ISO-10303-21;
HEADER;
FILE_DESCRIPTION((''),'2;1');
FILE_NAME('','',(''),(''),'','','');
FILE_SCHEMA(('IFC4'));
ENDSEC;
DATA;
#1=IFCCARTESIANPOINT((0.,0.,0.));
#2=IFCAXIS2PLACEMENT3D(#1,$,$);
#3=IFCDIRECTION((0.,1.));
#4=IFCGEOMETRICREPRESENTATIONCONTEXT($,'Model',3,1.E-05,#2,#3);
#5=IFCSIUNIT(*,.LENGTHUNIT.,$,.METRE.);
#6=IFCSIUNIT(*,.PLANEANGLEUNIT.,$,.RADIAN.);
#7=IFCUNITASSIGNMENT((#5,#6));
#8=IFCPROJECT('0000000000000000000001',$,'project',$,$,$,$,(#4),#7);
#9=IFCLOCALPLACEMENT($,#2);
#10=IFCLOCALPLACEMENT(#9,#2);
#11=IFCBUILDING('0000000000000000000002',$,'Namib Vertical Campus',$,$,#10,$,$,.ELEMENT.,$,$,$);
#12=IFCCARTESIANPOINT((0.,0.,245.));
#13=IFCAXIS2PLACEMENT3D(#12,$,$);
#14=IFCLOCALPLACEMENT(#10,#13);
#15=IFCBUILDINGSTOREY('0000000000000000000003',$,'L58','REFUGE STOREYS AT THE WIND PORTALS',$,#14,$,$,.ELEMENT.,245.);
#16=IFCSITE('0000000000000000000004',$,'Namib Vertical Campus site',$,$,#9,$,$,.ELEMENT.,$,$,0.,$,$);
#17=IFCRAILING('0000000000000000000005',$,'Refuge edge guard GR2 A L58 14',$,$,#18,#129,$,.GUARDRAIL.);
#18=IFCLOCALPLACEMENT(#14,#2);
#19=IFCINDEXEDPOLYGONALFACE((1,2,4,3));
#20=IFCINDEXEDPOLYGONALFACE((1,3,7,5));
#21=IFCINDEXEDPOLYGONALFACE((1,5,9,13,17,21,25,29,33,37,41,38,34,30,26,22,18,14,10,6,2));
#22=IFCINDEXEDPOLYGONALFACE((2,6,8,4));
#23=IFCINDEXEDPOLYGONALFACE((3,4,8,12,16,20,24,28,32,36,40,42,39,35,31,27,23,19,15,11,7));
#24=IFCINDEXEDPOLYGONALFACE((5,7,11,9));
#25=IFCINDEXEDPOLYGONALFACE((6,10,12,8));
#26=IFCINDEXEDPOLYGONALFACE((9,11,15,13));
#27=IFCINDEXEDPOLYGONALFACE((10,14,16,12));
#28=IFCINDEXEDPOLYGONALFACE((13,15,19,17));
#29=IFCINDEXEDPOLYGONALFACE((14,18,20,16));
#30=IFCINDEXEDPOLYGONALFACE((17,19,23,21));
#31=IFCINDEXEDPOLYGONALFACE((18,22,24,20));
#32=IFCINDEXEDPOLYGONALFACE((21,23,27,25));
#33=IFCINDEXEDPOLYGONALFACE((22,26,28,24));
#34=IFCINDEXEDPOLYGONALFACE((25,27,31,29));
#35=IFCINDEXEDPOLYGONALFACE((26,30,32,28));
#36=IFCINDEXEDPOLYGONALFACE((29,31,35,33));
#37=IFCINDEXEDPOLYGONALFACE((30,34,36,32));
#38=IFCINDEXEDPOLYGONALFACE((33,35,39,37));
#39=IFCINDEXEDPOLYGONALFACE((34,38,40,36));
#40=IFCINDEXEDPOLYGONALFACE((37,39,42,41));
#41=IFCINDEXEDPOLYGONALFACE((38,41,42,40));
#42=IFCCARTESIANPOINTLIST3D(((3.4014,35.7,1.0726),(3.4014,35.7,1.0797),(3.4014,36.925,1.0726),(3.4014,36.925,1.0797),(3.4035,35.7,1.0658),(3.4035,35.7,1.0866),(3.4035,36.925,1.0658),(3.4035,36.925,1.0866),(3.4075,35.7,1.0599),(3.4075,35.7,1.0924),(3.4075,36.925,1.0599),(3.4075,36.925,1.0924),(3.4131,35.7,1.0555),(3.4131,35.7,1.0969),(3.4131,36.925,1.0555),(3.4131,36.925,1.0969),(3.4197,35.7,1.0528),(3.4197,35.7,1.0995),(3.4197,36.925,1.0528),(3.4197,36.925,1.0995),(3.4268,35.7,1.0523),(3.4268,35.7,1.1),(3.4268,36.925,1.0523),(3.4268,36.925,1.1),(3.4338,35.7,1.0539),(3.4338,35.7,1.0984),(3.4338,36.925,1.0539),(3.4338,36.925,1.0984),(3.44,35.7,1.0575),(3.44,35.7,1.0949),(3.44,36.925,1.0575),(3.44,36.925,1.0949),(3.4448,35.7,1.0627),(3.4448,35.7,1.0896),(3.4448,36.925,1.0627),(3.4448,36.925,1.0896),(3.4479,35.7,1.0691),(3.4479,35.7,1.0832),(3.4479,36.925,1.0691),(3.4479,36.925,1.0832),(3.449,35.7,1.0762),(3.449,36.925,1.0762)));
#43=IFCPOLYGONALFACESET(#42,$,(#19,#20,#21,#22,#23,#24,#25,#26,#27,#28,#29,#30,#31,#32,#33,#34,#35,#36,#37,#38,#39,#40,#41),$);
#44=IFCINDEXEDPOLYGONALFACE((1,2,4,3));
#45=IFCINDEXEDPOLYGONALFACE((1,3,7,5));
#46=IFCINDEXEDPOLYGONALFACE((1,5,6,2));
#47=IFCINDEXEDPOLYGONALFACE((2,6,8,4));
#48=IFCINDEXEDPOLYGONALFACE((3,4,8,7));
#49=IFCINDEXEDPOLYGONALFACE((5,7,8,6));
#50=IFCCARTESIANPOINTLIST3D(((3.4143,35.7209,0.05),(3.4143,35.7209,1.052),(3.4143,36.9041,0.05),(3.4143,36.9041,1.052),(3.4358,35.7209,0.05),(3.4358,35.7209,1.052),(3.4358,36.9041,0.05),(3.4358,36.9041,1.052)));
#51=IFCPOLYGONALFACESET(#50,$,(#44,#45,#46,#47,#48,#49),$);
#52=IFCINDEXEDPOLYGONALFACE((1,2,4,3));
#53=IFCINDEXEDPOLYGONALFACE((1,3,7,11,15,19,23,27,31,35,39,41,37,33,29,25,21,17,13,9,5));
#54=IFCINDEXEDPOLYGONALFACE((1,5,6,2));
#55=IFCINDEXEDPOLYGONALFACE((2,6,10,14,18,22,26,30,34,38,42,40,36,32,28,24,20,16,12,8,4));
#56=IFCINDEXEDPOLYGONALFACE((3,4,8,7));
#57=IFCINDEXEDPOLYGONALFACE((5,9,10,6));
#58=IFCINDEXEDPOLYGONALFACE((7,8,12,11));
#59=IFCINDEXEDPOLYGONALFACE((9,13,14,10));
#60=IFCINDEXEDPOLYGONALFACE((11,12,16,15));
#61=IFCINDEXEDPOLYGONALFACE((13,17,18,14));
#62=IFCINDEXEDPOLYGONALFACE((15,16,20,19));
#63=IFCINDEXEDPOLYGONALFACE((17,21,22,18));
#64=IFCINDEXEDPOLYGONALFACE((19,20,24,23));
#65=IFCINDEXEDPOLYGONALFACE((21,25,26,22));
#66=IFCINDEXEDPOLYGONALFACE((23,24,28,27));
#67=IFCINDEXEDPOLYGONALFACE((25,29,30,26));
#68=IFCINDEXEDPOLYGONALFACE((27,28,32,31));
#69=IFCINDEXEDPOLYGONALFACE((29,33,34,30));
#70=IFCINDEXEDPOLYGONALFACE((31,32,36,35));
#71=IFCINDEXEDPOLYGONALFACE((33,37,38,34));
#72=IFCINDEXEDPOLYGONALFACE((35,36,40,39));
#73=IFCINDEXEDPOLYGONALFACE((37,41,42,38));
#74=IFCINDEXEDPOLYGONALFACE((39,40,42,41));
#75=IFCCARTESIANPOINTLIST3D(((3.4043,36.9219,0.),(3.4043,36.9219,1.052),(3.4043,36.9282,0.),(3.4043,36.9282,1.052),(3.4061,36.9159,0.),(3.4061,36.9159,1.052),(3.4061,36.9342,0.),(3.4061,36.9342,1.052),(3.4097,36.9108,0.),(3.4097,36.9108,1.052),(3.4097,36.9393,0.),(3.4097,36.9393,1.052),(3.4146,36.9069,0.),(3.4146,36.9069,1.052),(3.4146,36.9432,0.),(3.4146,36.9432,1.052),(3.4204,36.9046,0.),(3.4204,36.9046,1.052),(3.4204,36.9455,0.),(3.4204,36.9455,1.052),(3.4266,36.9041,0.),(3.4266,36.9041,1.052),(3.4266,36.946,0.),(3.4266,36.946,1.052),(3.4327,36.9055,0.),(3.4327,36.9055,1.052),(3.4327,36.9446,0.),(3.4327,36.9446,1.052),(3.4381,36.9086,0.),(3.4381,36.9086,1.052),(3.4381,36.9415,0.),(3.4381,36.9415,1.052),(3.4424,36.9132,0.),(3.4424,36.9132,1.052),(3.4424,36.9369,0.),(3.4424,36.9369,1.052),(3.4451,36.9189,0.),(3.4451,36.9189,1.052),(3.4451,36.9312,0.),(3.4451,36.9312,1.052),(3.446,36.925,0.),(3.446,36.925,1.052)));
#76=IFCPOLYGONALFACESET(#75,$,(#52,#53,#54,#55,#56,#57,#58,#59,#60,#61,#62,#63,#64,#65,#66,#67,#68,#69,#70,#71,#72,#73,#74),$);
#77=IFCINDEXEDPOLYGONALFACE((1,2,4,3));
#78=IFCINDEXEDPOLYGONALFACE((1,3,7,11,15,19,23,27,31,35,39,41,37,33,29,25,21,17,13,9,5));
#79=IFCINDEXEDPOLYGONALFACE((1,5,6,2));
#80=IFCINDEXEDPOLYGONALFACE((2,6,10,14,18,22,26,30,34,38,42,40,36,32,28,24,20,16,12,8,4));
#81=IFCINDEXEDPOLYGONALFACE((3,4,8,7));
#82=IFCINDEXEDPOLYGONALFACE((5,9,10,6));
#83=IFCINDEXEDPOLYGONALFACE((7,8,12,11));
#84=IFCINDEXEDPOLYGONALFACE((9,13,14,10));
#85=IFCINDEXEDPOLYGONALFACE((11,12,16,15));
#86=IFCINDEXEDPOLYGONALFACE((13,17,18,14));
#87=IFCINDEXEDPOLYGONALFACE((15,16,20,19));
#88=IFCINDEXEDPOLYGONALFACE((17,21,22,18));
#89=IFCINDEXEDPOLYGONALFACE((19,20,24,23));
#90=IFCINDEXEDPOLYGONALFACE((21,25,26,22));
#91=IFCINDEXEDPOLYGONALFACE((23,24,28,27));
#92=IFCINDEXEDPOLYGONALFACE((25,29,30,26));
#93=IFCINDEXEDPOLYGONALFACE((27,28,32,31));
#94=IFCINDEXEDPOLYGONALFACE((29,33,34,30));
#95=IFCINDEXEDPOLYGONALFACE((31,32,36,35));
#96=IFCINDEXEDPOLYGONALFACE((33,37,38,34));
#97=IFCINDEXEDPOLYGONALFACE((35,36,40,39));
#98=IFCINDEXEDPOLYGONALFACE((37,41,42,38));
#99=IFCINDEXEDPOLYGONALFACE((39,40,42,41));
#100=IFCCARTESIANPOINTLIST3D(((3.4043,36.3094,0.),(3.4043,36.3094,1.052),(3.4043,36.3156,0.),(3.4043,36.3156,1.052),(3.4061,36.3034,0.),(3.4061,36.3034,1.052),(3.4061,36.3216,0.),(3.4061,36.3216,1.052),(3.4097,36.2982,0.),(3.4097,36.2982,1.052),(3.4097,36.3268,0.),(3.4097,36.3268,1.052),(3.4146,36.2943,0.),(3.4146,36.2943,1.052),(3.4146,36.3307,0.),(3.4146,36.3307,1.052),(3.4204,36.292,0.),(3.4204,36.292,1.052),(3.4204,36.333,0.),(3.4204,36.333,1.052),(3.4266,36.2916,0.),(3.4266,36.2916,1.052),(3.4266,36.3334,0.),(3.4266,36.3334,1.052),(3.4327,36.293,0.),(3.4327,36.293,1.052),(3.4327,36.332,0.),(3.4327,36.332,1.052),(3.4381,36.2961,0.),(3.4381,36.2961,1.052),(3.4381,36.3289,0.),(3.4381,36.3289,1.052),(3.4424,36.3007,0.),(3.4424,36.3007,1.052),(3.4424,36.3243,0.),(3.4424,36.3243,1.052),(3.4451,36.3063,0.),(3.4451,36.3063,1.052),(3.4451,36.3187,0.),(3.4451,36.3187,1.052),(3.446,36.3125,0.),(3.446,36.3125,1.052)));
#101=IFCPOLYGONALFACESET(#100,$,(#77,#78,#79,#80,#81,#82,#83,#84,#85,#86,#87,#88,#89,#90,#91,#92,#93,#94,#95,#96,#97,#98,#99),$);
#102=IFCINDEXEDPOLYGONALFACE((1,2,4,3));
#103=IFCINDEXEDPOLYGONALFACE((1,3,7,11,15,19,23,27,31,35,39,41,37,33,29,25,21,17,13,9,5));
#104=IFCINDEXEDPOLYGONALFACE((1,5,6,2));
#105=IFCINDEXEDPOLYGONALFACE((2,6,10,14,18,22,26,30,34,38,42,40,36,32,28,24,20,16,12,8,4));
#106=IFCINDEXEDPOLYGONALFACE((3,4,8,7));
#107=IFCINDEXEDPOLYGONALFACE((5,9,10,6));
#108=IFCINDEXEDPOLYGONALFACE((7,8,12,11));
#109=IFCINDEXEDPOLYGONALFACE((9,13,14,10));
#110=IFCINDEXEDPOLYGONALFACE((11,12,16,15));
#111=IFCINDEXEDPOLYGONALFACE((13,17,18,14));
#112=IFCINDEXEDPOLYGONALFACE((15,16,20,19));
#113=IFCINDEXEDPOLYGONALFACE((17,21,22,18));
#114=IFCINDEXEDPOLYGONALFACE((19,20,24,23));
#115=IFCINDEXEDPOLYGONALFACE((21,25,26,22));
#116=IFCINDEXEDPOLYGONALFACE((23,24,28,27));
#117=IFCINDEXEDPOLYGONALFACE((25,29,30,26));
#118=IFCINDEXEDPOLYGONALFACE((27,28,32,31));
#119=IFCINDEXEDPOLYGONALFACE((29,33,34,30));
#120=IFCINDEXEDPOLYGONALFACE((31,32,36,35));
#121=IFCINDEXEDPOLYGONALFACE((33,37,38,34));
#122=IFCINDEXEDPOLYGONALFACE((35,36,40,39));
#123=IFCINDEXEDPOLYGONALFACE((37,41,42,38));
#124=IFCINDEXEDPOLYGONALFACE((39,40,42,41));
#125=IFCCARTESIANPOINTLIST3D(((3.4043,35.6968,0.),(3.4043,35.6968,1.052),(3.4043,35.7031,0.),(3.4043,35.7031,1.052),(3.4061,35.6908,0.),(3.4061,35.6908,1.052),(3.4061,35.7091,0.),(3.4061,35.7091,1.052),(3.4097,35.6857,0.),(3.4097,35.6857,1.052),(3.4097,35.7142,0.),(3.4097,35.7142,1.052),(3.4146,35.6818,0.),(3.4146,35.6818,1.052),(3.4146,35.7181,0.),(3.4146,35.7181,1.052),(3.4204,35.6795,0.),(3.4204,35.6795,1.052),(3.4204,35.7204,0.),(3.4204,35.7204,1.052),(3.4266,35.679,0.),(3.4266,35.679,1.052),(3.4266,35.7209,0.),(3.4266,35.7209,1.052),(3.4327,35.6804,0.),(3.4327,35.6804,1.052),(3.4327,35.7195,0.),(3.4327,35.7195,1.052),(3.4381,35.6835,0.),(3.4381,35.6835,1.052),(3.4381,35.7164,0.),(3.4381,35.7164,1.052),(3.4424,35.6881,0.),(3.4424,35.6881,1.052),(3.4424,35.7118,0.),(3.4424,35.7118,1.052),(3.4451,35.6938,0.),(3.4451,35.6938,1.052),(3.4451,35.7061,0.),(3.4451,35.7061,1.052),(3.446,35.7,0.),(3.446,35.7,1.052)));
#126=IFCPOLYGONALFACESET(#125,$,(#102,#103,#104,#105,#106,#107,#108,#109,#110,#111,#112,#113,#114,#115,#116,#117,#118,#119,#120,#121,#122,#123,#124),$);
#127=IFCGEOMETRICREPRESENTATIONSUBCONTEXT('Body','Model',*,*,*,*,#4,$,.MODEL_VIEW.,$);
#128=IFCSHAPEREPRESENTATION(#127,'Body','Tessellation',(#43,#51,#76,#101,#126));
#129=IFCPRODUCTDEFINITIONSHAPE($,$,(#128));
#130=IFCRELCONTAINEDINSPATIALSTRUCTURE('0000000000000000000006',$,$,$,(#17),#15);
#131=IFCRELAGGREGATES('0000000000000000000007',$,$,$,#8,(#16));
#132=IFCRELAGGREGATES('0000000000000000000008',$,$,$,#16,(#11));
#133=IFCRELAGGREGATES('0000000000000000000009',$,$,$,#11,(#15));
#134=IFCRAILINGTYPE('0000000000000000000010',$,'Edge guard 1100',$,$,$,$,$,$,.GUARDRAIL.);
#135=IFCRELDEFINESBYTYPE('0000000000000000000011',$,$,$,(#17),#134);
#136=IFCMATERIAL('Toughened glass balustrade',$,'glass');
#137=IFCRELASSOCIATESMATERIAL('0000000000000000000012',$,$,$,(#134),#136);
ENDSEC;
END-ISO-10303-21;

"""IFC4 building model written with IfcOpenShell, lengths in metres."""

from ifc_helpers import new_model, si_unit, direction, frame, origin, origin_2d, place, context, subcontext, project, spatial, polyline, circle, outline, extrude, material, type_object, element, save


model = new_model("IFC4")

# Units and contexts
model_context = context("Model", 3, precision=1e-05, world=origin(), true_north=direction((0.0, 1.0)))
body_context = subcontext(model_context, "Body", "Model", "MODEL_VIEW")
ifc_project = project(units=[si_unit("LENGTHUNIT", "METRE"), si_unit("PLANEANGLEUNIT", "RADIAN")], contexts=[model_context])

# Site, building, storey
site_placement = place(None, origin())
site = spatial("IfcSite", under=ifc_project, at=site_placement, Name="Namib Vertical Campus site", CompositionType="ELEMENT", RefElevation=0.0)
building_placement = place(site_placement, origin())
building = spatial("IfcBuilding", under=site, at=building_placement, Name="Namib Vertical Campus", CompositionType="ELEMENT")
storey_placement = place(building_placement, frame((0.0, 0.0, 245.0)))
storey = spatial("IfcBuildingStorey", under=building, at=storey_placement, Name="L58", Description="REFUGE STOREYS AT THE WIND PORTALS", CompositionType="ELEMENT", Elevation=245.0)

# Railing
ifc_material_1 = material(Name="Toughened glass balustrade", Category="glass")
railing_type = type_object("IfcRailingType", Name="Edge guard 1100", PredefinedType="GUARDRAIL", material=ifc_material_1)
railing_1_placement = place(storey_placement, frame((3.425, 36.925, 0.0)))
element("IfcRailing", 1, at=railing_1_placement, inside=storey, type_object=railing_type, Name="Refuge edge guard GR2 A L58 14", PredefinedType="GUARDRAIL", context=body_context, shape_type="SweptSolid", body=[
    extrude(circle(Radius=0.0239, at=origin_2d()), frame((0.0, 0.0, 1.0762), z_axis=(0.0, -1.0, 0.0), x_axis=(1.0, 0.0, 0.0)), (0.0, 0.0, 1.0), 1.2251),
    extrude(outline(polyline([(0.021, 0.05), (1.2041, 0.05), (1.2041, 1.052), (0.021, 1.052), (0.021, 0.05)])), frame((0.0107, 0.0, 0.0), z_axis=(-1.0, 0.0, 0.0), x_axis=(0.0, -1.0, 0.0)), (0.0, 0.0, 1.0), 0.0215),
    extrude(circle(Radius=0.021, at=origin_2d()), origin(), (0.0, 0.0, 1.0), 1.052),
    extrude(circle(Radius=0.021, at=origin_2d()), frame((0.0, -0.6125, 0.0)), (0.0, 0.0, 1.0), 1.052),
    extrude(circle(Radius=0.021, at=origin_2d()), frame((0.0, -1.2251, 0.0)), (0.0, 0.0, 1.0), 1.052),
])

save(model, "model.ifc")
